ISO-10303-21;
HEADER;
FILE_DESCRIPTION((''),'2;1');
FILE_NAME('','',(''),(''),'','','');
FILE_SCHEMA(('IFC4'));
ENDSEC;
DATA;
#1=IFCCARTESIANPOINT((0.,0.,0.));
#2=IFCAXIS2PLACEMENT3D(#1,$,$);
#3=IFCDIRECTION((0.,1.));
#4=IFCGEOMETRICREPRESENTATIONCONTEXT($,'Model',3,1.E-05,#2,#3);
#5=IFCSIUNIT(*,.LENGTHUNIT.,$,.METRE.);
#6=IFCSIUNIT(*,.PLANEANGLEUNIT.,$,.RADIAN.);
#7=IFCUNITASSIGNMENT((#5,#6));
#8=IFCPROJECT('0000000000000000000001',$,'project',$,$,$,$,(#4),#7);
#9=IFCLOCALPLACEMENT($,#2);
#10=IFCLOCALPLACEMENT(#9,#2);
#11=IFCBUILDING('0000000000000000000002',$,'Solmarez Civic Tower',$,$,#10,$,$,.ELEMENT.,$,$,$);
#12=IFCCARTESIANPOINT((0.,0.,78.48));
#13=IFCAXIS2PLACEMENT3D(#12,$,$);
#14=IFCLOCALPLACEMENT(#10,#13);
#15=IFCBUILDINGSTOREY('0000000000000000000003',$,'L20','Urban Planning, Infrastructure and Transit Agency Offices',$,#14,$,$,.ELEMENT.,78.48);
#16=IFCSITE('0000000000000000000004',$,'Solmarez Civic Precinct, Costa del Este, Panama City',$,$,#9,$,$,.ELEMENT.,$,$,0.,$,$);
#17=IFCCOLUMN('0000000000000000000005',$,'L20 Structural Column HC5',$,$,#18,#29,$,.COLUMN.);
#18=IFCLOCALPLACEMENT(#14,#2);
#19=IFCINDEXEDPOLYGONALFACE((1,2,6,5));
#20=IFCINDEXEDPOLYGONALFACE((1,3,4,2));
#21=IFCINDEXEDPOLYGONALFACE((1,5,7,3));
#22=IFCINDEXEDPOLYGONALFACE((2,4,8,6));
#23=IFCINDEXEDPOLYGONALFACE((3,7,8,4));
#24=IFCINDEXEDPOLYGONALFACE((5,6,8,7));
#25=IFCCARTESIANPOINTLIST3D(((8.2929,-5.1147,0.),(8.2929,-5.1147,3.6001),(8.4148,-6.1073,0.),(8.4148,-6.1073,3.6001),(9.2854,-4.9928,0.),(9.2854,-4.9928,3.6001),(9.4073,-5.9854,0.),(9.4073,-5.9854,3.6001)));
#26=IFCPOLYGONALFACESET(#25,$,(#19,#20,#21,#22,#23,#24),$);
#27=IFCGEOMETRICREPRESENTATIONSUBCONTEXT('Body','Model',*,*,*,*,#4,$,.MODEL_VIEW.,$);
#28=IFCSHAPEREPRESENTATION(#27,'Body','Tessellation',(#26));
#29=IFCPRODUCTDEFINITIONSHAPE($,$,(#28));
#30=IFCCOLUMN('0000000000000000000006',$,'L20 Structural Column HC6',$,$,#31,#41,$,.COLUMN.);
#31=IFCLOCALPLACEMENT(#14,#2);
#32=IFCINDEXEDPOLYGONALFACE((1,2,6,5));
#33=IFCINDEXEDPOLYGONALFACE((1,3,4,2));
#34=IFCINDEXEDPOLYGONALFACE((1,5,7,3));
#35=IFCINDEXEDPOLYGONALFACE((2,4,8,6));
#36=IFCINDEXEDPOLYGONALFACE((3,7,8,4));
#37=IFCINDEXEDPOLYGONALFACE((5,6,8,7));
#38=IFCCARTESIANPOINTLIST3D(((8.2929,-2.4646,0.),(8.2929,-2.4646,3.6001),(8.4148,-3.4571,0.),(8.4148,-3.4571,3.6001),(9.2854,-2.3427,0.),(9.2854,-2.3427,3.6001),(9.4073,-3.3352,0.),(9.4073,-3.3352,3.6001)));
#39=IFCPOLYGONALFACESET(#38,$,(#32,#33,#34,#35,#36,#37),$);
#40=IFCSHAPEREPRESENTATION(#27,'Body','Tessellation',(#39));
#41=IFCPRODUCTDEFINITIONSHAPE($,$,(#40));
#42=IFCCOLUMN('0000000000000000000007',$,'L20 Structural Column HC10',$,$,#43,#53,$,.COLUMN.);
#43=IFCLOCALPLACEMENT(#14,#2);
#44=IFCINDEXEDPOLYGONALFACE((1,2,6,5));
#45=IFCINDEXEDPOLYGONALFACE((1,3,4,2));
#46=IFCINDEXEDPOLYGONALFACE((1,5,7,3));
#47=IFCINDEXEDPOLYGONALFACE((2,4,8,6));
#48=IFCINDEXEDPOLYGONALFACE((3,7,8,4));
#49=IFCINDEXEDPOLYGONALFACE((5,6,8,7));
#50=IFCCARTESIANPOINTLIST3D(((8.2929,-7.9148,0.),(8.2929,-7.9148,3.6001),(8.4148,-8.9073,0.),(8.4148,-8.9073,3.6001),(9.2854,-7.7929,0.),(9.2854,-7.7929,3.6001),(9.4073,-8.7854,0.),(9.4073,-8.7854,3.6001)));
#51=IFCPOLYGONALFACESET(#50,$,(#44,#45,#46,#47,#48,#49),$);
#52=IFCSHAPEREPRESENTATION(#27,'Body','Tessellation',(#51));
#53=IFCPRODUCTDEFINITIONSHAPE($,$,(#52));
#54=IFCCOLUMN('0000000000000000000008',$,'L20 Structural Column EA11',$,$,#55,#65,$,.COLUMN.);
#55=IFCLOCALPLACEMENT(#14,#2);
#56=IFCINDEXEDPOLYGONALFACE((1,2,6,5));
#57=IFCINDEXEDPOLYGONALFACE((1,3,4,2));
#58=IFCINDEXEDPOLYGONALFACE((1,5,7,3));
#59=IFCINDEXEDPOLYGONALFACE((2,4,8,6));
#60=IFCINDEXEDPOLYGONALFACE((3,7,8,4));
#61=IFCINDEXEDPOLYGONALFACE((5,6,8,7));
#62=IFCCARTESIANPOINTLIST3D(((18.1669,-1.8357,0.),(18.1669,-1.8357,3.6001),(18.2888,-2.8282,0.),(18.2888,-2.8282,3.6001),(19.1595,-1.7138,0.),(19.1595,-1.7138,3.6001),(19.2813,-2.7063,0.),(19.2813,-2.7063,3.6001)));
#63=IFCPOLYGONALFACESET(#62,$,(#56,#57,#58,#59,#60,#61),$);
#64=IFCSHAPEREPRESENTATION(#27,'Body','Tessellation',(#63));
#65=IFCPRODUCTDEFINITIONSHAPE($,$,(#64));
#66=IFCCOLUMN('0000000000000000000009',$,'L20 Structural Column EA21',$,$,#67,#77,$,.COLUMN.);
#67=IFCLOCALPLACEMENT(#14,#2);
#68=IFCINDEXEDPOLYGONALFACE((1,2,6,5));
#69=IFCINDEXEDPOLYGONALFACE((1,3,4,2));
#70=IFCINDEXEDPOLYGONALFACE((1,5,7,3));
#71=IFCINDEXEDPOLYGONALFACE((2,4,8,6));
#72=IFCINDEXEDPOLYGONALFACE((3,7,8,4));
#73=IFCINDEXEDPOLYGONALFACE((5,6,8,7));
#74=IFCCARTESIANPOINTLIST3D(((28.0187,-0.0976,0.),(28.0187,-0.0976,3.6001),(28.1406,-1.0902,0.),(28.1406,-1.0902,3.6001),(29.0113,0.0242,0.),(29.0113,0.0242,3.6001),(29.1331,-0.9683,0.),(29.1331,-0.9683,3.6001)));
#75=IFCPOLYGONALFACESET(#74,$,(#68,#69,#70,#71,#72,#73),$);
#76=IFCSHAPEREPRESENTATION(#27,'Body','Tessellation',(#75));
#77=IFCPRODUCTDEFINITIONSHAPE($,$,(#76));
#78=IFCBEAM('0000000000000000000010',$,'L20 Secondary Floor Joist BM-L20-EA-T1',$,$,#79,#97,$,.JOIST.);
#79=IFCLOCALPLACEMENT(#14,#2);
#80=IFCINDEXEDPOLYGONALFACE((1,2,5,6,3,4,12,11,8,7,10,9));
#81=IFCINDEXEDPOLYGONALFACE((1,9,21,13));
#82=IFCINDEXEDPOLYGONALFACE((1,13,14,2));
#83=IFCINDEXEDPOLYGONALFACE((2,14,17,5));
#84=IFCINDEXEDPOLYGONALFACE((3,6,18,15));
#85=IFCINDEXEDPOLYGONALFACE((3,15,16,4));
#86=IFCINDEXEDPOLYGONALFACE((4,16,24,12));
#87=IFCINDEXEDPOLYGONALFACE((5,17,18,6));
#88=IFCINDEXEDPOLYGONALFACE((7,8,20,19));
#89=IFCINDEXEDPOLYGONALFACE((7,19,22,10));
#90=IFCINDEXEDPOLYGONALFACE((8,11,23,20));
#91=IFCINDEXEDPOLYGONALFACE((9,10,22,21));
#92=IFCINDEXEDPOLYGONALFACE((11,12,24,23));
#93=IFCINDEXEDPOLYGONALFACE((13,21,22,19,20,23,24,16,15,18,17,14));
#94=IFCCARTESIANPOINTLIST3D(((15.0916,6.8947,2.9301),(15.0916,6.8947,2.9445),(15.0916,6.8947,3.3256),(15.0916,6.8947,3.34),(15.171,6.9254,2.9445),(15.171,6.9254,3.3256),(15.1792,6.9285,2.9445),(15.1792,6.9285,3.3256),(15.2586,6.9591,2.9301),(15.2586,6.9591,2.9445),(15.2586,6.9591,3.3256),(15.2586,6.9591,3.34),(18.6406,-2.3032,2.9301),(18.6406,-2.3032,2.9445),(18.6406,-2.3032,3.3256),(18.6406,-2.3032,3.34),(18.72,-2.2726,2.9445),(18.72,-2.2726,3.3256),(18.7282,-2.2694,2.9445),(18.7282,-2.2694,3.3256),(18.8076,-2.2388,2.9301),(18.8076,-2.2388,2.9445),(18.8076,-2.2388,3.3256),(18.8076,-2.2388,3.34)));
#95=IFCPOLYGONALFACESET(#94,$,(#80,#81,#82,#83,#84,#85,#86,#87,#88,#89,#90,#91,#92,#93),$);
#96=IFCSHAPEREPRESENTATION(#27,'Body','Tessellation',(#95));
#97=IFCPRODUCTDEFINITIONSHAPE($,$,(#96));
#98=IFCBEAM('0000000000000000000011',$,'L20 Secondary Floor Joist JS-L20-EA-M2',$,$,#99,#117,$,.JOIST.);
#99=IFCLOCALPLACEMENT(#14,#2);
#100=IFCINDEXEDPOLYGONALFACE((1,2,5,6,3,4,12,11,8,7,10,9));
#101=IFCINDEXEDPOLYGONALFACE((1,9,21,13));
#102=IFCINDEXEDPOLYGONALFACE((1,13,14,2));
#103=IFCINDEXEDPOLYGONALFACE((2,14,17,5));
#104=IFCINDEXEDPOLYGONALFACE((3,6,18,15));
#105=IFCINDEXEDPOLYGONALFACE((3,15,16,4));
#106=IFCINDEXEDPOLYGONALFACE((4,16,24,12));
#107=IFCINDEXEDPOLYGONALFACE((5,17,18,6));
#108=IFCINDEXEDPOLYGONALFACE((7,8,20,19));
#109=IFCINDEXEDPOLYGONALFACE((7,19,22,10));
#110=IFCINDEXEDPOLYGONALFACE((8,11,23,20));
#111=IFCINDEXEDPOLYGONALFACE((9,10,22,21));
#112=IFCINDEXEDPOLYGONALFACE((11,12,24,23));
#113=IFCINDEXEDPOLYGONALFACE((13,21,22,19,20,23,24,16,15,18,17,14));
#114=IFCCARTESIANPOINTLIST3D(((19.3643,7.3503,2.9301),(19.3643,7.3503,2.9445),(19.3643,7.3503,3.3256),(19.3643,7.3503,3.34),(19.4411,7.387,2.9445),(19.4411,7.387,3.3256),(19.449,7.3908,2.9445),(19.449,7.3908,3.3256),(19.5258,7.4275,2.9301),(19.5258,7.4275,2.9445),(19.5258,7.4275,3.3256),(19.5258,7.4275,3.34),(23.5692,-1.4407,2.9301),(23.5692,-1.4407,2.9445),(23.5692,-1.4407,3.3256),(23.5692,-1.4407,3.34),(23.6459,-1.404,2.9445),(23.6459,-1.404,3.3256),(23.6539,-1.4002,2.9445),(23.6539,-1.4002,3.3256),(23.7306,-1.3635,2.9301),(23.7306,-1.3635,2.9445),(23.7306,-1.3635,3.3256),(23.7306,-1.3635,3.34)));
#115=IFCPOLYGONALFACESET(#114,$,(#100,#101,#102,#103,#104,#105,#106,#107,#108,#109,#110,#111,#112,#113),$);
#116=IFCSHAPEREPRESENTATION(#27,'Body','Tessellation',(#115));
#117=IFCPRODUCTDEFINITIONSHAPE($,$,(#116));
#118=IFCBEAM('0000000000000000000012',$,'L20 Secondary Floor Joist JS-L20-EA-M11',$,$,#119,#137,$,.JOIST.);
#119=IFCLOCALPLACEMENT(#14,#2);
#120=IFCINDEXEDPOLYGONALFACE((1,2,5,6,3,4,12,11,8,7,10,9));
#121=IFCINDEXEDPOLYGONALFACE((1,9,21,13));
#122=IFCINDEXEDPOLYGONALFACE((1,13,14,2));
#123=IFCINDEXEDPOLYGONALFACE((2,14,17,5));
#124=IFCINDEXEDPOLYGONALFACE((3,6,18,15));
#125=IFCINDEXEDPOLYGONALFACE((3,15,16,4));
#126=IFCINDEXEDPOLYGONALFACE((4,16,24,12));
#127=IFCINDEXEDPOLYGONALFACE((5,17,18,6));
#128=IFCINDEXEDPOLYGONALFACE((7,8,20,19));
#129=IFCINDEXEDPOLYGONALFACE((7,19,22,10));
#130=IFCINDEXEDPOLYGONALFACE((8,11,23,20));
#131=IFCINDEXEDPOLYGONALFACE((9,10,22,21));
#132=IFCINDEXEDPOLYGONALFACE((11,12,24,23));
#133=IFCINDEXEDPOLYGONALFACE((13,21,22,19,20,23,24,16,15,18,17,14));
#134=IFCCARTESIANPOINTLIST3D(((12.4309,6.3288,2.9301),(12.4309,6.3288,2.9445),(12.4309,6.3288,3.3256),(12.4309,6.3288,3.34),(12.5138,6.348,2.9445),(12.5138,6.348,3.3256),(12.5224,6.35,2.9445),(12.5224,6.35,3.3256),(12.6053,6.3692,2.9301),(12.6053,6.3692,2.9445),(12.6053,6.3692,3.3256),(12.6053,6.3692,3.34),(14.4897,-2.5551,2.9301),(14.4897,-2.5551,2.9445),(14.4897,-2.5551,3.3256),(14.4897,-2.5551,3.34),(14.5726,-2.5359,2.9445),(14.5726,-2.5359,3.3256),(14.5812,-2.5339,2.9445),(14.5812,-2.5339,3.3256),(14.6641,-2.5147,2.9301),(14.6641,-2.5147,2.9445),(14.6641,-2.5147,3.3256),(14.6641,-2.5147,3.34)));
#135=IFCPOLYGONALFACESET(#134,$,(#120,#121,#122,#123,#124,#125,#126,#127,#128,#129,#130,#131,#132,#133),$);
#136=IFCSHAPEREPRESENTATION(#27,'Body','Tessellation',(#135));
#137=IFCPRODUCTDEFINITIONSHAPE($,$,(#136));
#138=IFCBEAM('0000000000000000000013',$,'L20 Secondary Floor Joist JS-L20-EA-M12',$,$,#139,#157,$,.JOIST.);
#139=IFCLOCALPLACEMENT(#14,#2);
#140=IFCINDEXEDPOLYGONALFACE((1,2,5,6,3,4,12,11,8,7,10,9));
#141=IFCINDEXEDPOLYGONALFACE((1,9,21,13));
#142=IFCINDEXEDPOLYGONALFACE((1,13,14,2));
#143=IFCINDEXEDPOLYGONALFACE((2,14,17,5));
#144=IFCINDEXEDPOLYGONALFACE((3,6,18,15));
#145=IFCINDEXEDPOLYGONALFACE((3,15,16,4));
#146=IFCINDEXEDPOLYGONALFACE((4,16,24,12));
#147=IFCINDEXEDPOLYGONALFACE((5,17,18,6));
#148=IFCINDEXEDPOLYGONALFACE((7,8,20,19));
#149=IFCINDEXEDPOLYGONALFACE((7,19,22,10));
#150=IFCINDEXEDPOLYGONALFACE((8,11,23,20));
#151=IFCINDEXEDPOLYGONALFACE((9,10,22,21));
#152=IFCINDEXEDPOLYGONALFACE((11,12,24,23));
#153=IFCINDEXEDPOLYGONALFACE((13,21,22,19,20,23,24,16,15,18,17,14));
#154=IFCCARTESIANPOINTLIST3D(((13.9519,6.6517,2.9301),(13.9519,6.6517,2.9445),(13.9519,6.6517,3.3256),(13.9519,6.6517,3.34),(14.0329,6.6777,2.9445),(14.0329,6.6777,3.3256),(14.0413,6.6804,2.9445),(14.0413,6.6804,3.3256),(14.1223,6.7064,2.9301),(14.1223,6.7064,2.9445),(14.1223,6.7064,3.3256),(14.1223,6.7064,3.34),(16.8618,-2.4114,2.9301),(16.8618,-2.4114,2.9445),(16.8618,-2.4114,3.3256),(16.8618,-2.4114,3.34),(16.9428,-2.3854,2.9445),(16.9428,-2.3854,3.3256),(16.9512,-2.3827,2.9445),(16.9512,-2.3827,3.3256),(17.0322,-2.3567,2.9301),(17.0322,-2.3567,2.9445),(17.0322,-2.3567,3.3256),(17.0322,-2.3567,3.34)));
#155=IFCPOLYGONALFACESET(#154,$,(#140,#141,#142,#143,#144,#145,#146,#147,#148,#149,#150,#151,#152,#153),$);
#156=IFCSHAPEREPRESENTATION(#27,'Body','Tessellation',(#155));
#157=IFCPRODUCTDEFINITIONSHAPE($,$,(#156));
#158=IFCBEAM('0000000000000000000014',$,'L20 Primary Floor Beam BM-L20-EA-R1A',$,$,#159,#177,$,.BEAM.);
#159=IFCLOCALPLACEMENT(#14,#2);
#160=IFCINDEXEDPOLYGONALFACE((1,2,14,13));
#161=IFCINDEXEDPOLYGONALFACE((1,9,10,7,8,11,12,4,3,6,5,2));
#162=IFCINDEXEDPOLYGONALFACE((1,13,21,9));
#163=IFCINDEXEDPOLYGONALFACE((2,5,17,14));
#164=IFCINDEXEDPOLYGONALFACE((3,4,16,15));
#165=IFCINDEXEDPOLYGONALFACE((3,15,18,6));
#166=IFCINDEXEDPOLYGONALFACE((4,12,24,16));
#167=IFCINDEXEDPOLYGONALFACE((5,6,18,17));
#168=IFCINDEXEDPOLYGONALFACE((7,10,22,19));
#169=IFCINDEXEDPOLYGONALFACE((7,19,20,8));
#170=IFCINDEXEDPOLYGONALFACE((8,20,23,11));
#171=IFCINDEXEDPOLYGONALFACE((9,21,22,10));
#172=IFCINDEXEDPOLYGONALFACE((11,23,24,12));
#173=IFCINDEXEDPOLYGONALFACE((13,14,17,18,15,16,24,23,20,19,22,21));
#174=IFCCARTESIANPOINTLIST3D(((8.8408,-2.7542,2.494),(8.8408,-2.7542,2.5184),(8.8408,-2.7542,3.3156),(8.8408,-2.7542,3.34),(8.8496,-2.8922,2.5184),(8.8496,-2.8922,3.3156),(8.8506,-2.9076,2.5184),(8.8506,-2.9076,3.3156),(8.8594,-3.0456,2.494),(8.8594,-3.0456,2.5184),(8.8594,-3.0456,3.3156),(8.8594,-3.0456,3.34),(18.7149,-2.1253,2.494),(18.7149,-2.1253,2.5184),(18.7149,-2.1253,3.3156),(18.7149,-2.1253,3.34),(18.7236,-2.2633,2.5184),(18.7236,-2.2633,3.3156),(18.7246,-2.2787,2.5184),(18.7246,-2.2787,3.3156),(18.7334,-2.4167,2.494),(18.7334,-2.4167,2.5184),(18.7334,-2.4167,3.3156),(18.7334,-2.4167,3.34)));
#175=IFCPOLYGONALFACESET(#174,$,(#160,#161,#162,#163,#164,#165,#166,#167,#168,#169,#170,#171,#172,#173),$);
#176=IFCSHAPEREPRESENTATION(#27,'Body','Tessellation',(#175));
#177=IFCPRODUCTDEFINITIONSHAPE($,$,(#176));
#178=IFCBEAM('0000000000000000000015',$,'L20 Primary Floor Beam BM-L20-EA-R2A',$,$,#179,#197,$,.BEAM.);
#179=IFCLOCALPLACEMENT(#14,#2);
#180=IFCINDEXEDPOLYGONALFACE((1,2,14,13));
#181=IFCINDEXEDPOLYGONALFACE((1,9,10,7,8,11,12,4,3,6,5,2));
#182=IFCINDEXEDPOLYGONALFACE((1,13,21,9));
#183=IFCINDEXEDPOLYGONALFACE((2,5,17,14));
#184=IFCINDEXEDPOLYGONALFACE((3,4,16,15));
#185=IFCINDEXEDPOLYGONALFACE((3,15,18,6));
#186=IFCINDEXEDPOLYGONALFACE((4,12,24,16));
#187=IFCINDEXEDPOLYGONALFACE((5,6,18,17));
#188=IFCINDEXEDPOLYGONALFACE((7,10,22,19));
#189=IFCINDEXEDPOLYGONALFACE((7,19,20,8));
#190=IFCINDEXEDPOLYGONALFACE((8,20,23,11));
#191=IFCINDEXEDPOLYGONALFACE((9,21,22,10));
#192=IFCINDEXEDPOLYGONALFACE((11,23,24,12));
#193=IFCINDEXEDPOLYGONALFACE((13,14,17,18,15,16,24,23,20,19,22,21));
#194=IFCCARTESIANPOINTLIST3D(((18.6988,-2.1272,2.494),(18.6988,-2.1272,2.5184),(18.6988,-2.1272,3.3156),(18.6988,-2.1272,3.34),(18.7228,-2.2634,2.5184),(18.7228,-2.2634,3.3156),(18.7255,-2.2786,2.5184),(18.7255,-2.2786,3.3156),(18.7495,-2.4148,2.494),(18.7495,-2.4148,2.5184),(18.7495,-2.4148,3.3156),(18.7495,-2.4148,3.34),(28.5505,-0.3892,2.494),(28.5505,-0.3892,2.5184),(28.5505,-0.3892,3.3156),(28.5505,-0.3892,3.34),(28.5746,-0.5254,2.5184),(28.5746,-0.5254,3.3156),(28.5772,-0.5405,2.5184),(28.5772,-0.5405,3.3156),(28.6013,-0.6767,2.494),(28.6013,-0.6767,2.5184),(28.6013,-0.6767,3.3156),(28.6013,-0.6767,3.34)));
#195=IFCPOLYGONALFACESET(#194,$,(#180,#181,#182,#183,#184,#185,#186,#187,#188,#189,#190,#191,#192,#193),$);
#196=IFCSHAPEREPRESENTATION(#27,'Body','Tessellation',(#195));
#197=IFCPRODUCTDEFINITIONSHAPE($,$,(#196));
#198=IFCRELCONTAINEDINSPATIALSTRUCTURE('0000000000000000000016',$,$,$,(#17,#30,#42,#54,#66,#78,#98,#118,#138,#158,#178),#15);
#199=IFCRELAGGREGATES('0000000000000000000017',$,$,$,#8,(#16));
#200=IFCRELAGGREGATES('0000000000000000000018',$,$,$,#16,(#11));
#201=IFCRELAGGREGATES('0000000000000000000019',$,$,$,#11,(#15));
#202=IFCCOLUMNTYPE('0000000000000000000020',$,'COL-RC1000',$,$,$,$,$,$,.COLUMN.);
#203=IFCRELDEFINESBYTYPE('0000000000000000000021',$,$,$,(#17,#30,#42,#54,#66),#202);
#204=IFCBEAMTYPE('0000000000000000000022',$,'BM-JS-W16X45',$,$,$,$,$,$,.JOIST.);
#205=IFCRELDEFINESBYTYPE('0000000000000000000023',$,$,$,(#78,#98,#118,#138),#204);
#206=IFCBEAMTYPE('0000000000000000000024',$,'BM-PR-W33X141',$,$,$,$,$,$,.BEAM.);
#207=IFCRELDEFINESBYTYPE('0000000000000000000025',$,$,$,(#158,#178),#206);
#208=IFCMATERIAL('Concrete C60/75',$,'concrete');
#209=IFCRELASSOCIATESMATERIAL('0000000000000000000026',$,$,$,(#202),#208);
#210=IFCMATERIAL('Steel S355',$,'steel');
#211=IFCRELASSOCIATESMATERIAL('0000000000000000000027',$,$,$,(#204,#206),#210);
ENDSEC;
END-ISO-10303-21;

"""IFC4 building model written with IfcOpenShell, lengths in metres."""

from ifc_helpers import new_model, si_unit, direction, frame, origin, origin_2d, place, context, subcontext, project, spatial, rectangle, i_section, extrude, material, material_profile, profile_set, type_object, element, save


model = new_model("IFC4")

# Units and contexts
model_context = context("Model", 3, precision=1e-05, world=origin(), true_north=direction((0.0, 1.0)))
body_context = subcontext(model_context, "Body", "Model", "MODEL_VIEW")
ifc_project = project(units=[si_unit("LENGTHUNIT", "METRE"), si_unit("PLANEANGLEUNIT", "RADIAN")], contexts=[model_context])

# Site, building, storey
site_placement = place(None, origin())
site = spatial("IfcSite", under=ifc_project, at=site_placement, Name="Solmarez Civic Precinct, Costa del Este, Panama City", CompositionType="ELEMENT", RefElevation=0.0)
building_placement = place(site_placement, origin())
building = spatial("IfcBuilding", under=site, at=building_placement, Name="Solmarez Civic Tower", CompositionType="ELEMENT")
storey_placement = place(building_placement, frame((0.0, 0.0, 78.48)))
storey = spatial("IfcBuildingStorey", under=building, at=storey_placement, Name="L20", Description="Urban Planning, Infrastructure and Transit Agency Offices", CompositionType="ELEMENT", Elevation=78.48)

# Columns
ifc_material_1 = material(Name="Concrete C60/75", Category="concrete")
ifc_material_profile_1 = material_profile(ifc_material_1, rectangle(XDim=1.0, YDim=1.0, at=origin_2d()), Name="RC1000X1000")
ifc_profile_set_1 = profile_set([ifc_material_profile_1], Name="Concrete C60/75")
column_type = type_object("IfcColumnType", Name="COL-RC1000", PredefinedType="COLUMN", material=ifc_profile_set_1)
for number, where, z_axis, x_axis, name in (
    (1, (8.8501, -5.55, 0.0), (0.0, 0.0, 1.0), (0.992546, 0.121869, 0.0), "L20 Structural Column HC5"),
    (2, (8.8501, -2.8999, 0.0), (0.0, 0.0, 1.0), (0.992546, 0.121869, 0.0), "L20 Structural Column HC6"),
    (3, (8.8501, -8.3501, 0.0), (0.0, 0.0, 1.0), (0.992546, 0.121869, 0.0), "L20 Structural Column HC10"),
    (4, (18.7241, -2.271, 0.0), (0.0, 0.0, 1.0), (0.992546, 0.121869, 0.0), "L20 Structural Column EA11"),
    (5, (28.5759, -0.533, 0.0), (0.0, 0.0, 1.0), (0.992546, 0.121869, 0.0), "L20 Structural Column EA21"),
):
    element("IfcColumn", number, at=place(storey_placement, frame(where, z_axis=z_axis, x_axis=x_axis)), inside=storey, type_object=column_type, Name=name, PredefinedType="COLUMN", context=body_context, shape_type="SweptSolid", body=[
        extrude(rectangle(XDim=1.0, YDim=1.0, at=origin_2d()), origin(), (0.0, 0.0, 1.0), 3.6001),
    ])

# Beams
ifc_material_2 = material(Name="Steel S355", Category="steel")
ifc_material_profile_2 = material_profile(ifc_material_2, i_section(OverallWidth=0.179, OverallDepth=0.4099, WebThickness=0.0088, FlangeThickness=0.0144, at=origin_2d()), Name="W16X45")
ifc_profile_set_2 = profile_set([ifc_material_profile_2], Name="Steel S355")
beam_type_1 = type_object("IfcBeamType", Name="BM-JS-W16X45", PredefinedType="JOIST", material=ifc_profile_set_2)
beam_1_placement = place(storey_placement, frame((18.7241, -2.271, 3.135), z_axis=(-0.359984, 0.932958, 0.0), x_axis=(-0.932958, -0.359984, 0.0)))
element("IfcBeam", 6, at=beam_1_placement, inside=storey, type_object=beam_type_1, Name="L20 Secondary Floor Joist BM-L20-EA-T1", PredefinedType="JOIST", context=body_context, shape_type="SweptSolid", body=[
    extrude(i_section(OverallWidth=0.179, OverallDepth=0.4099, WebThickness=0.0088, FlangeThickness=0.0144, at=origin_2d()), origin(), (0.0, 0.0, 1.0), 9.8589),
])
beam_2_placement = place(storey_placement, frame((23.6499, -1.4021, 3.135), z_axis=(-0.431492, 0.902117, 0.0), x_axis=(-0.902117, -0.431492, 0.0)))
element("IfcBeam", 7, at=beam_2_placement, inside=storey, type_object=beam_type_1, Name="L20 Secondary Floor Joist JS-L20-EA-M2", PredefinedType="JOIST", context=body_context, shape_type="SweptSolid", body=[
    extrude(i_section(OverallWidth=0.179, OverallDepth=0.4099, WebThickness=0.0088, FlangeThickness=0.0144, at=origin_2d()), origin(), (0.0, 0.0, 1.0), 9.7449),
])
beam_3_placement = place(storey_placement, frame((14.5769, -2.5349, 3.135), z_axis=(-0.225763, 0.974182, 0.0), x_axis=(-0.974182, -0.225763, 0.0)))
element("IfcBeam", 8, at=beam_3_placement, inside=storey, type_object=beam_type_1, Name="L20 Secondary Floor Joist JS-L20-EA-M11", PredefinedType="JOIST", context=body_context, shape_type="SweptSolid", body=[
    extrude(i_section(OverallWidth=0.179, OverallDepth=0.4099, WebThickness=0.0088, FlangeThickness=0.0144, at=origin_2d()), origin(), (0.0, 0.0, 1.0), 9.1194),
])
beam_4_placement = place(storey_placement, frame((16.947, -2.384, 3.135), z_axis=(-0.305705, 0.952126, 0.0), x_axis=(-0.952126, -0.305705, 0.0)))
element("IfcBeam", 9, at=beam_4_placement, inside=storey, type_object=beam_type_1, Name="L20 Secondary Floor Joist JS-L20-EA-M12", PredefinedType="JOIST", context=body_context, shape_type="SweptSolid", body=[
    extrude(i_section(OverallWidth=0.179, OverallDepth=0.4099, WebThickness=0.0088, FlangeThickness=0.0144, at=origin_2d()), origin(), (0.0, 0.0, 1.0), 9.5188),
])
ifc_material_profile_3 = material_profile(ifc_material_2, i_section(OverallWidth=0.292, OverallDepth=0.8459, WebThickness=0.0154, FlangeThickness=0.0244, at=origin_2d()), Name="W33X141")
ifc_profile_set_3 = profile_set([ifc_material_profile_3], Name="Steel S355")
beam_type_2 = type_object("IfcBeamType", Name="BM-PR-W33X141", PredefinedType="BEAM", material=ifc_profile_set_3)
beam_5_placement = place(storey_placement, frame((8.8501, -2.8999, 2.917), z_axis=(0.997978, 0.063564, 0.0), x_axis=(-0.063564, 0.997978, 0.0)))
element("IfcBeam", 10, at=beam_5_placement, inside=storey, type_object=beam_type_2, Name="L20 Primary Floor Beam BM-L20-EA-R1A", PredefinedType="BEAM", context=body_context, shape_type="SweptSolid", body=[
    extrude(i_section(OverallWidth=0.292, OverallDepth=0.8459, WebThickness=0.0154, FlangeThickness=0.0244, at=origin_2d()), origin(), (0.0, 0.0, 1.0), 9.894),
])
beam_6_placement = place(storey_placement, frame((18.7241, -2.271, 2.917), z_axis=(0.984792, 0.173735, 0.0), x_axis=(-0.173735, 0.984792, 0.0)))
element("IfcBeam", 11, at=beam_6_placement, inside=storey, type_object=beam_type_2, Name="L20 Primary Floor Beam BM-L20-EA-R2A", PredefinedType="BEAM", context=body_context, shape_type="SweptSolid", body=[
    extrude(i_section(OverallWidth=0.292, OverallDepth=0.8459, WebThickness=0.0154, FlangeThickness=0.0244, at=origin_2d()), origin(), (0.0, 0.0, 1.0), 10.0039),
])

save(model, "model.ifc")
